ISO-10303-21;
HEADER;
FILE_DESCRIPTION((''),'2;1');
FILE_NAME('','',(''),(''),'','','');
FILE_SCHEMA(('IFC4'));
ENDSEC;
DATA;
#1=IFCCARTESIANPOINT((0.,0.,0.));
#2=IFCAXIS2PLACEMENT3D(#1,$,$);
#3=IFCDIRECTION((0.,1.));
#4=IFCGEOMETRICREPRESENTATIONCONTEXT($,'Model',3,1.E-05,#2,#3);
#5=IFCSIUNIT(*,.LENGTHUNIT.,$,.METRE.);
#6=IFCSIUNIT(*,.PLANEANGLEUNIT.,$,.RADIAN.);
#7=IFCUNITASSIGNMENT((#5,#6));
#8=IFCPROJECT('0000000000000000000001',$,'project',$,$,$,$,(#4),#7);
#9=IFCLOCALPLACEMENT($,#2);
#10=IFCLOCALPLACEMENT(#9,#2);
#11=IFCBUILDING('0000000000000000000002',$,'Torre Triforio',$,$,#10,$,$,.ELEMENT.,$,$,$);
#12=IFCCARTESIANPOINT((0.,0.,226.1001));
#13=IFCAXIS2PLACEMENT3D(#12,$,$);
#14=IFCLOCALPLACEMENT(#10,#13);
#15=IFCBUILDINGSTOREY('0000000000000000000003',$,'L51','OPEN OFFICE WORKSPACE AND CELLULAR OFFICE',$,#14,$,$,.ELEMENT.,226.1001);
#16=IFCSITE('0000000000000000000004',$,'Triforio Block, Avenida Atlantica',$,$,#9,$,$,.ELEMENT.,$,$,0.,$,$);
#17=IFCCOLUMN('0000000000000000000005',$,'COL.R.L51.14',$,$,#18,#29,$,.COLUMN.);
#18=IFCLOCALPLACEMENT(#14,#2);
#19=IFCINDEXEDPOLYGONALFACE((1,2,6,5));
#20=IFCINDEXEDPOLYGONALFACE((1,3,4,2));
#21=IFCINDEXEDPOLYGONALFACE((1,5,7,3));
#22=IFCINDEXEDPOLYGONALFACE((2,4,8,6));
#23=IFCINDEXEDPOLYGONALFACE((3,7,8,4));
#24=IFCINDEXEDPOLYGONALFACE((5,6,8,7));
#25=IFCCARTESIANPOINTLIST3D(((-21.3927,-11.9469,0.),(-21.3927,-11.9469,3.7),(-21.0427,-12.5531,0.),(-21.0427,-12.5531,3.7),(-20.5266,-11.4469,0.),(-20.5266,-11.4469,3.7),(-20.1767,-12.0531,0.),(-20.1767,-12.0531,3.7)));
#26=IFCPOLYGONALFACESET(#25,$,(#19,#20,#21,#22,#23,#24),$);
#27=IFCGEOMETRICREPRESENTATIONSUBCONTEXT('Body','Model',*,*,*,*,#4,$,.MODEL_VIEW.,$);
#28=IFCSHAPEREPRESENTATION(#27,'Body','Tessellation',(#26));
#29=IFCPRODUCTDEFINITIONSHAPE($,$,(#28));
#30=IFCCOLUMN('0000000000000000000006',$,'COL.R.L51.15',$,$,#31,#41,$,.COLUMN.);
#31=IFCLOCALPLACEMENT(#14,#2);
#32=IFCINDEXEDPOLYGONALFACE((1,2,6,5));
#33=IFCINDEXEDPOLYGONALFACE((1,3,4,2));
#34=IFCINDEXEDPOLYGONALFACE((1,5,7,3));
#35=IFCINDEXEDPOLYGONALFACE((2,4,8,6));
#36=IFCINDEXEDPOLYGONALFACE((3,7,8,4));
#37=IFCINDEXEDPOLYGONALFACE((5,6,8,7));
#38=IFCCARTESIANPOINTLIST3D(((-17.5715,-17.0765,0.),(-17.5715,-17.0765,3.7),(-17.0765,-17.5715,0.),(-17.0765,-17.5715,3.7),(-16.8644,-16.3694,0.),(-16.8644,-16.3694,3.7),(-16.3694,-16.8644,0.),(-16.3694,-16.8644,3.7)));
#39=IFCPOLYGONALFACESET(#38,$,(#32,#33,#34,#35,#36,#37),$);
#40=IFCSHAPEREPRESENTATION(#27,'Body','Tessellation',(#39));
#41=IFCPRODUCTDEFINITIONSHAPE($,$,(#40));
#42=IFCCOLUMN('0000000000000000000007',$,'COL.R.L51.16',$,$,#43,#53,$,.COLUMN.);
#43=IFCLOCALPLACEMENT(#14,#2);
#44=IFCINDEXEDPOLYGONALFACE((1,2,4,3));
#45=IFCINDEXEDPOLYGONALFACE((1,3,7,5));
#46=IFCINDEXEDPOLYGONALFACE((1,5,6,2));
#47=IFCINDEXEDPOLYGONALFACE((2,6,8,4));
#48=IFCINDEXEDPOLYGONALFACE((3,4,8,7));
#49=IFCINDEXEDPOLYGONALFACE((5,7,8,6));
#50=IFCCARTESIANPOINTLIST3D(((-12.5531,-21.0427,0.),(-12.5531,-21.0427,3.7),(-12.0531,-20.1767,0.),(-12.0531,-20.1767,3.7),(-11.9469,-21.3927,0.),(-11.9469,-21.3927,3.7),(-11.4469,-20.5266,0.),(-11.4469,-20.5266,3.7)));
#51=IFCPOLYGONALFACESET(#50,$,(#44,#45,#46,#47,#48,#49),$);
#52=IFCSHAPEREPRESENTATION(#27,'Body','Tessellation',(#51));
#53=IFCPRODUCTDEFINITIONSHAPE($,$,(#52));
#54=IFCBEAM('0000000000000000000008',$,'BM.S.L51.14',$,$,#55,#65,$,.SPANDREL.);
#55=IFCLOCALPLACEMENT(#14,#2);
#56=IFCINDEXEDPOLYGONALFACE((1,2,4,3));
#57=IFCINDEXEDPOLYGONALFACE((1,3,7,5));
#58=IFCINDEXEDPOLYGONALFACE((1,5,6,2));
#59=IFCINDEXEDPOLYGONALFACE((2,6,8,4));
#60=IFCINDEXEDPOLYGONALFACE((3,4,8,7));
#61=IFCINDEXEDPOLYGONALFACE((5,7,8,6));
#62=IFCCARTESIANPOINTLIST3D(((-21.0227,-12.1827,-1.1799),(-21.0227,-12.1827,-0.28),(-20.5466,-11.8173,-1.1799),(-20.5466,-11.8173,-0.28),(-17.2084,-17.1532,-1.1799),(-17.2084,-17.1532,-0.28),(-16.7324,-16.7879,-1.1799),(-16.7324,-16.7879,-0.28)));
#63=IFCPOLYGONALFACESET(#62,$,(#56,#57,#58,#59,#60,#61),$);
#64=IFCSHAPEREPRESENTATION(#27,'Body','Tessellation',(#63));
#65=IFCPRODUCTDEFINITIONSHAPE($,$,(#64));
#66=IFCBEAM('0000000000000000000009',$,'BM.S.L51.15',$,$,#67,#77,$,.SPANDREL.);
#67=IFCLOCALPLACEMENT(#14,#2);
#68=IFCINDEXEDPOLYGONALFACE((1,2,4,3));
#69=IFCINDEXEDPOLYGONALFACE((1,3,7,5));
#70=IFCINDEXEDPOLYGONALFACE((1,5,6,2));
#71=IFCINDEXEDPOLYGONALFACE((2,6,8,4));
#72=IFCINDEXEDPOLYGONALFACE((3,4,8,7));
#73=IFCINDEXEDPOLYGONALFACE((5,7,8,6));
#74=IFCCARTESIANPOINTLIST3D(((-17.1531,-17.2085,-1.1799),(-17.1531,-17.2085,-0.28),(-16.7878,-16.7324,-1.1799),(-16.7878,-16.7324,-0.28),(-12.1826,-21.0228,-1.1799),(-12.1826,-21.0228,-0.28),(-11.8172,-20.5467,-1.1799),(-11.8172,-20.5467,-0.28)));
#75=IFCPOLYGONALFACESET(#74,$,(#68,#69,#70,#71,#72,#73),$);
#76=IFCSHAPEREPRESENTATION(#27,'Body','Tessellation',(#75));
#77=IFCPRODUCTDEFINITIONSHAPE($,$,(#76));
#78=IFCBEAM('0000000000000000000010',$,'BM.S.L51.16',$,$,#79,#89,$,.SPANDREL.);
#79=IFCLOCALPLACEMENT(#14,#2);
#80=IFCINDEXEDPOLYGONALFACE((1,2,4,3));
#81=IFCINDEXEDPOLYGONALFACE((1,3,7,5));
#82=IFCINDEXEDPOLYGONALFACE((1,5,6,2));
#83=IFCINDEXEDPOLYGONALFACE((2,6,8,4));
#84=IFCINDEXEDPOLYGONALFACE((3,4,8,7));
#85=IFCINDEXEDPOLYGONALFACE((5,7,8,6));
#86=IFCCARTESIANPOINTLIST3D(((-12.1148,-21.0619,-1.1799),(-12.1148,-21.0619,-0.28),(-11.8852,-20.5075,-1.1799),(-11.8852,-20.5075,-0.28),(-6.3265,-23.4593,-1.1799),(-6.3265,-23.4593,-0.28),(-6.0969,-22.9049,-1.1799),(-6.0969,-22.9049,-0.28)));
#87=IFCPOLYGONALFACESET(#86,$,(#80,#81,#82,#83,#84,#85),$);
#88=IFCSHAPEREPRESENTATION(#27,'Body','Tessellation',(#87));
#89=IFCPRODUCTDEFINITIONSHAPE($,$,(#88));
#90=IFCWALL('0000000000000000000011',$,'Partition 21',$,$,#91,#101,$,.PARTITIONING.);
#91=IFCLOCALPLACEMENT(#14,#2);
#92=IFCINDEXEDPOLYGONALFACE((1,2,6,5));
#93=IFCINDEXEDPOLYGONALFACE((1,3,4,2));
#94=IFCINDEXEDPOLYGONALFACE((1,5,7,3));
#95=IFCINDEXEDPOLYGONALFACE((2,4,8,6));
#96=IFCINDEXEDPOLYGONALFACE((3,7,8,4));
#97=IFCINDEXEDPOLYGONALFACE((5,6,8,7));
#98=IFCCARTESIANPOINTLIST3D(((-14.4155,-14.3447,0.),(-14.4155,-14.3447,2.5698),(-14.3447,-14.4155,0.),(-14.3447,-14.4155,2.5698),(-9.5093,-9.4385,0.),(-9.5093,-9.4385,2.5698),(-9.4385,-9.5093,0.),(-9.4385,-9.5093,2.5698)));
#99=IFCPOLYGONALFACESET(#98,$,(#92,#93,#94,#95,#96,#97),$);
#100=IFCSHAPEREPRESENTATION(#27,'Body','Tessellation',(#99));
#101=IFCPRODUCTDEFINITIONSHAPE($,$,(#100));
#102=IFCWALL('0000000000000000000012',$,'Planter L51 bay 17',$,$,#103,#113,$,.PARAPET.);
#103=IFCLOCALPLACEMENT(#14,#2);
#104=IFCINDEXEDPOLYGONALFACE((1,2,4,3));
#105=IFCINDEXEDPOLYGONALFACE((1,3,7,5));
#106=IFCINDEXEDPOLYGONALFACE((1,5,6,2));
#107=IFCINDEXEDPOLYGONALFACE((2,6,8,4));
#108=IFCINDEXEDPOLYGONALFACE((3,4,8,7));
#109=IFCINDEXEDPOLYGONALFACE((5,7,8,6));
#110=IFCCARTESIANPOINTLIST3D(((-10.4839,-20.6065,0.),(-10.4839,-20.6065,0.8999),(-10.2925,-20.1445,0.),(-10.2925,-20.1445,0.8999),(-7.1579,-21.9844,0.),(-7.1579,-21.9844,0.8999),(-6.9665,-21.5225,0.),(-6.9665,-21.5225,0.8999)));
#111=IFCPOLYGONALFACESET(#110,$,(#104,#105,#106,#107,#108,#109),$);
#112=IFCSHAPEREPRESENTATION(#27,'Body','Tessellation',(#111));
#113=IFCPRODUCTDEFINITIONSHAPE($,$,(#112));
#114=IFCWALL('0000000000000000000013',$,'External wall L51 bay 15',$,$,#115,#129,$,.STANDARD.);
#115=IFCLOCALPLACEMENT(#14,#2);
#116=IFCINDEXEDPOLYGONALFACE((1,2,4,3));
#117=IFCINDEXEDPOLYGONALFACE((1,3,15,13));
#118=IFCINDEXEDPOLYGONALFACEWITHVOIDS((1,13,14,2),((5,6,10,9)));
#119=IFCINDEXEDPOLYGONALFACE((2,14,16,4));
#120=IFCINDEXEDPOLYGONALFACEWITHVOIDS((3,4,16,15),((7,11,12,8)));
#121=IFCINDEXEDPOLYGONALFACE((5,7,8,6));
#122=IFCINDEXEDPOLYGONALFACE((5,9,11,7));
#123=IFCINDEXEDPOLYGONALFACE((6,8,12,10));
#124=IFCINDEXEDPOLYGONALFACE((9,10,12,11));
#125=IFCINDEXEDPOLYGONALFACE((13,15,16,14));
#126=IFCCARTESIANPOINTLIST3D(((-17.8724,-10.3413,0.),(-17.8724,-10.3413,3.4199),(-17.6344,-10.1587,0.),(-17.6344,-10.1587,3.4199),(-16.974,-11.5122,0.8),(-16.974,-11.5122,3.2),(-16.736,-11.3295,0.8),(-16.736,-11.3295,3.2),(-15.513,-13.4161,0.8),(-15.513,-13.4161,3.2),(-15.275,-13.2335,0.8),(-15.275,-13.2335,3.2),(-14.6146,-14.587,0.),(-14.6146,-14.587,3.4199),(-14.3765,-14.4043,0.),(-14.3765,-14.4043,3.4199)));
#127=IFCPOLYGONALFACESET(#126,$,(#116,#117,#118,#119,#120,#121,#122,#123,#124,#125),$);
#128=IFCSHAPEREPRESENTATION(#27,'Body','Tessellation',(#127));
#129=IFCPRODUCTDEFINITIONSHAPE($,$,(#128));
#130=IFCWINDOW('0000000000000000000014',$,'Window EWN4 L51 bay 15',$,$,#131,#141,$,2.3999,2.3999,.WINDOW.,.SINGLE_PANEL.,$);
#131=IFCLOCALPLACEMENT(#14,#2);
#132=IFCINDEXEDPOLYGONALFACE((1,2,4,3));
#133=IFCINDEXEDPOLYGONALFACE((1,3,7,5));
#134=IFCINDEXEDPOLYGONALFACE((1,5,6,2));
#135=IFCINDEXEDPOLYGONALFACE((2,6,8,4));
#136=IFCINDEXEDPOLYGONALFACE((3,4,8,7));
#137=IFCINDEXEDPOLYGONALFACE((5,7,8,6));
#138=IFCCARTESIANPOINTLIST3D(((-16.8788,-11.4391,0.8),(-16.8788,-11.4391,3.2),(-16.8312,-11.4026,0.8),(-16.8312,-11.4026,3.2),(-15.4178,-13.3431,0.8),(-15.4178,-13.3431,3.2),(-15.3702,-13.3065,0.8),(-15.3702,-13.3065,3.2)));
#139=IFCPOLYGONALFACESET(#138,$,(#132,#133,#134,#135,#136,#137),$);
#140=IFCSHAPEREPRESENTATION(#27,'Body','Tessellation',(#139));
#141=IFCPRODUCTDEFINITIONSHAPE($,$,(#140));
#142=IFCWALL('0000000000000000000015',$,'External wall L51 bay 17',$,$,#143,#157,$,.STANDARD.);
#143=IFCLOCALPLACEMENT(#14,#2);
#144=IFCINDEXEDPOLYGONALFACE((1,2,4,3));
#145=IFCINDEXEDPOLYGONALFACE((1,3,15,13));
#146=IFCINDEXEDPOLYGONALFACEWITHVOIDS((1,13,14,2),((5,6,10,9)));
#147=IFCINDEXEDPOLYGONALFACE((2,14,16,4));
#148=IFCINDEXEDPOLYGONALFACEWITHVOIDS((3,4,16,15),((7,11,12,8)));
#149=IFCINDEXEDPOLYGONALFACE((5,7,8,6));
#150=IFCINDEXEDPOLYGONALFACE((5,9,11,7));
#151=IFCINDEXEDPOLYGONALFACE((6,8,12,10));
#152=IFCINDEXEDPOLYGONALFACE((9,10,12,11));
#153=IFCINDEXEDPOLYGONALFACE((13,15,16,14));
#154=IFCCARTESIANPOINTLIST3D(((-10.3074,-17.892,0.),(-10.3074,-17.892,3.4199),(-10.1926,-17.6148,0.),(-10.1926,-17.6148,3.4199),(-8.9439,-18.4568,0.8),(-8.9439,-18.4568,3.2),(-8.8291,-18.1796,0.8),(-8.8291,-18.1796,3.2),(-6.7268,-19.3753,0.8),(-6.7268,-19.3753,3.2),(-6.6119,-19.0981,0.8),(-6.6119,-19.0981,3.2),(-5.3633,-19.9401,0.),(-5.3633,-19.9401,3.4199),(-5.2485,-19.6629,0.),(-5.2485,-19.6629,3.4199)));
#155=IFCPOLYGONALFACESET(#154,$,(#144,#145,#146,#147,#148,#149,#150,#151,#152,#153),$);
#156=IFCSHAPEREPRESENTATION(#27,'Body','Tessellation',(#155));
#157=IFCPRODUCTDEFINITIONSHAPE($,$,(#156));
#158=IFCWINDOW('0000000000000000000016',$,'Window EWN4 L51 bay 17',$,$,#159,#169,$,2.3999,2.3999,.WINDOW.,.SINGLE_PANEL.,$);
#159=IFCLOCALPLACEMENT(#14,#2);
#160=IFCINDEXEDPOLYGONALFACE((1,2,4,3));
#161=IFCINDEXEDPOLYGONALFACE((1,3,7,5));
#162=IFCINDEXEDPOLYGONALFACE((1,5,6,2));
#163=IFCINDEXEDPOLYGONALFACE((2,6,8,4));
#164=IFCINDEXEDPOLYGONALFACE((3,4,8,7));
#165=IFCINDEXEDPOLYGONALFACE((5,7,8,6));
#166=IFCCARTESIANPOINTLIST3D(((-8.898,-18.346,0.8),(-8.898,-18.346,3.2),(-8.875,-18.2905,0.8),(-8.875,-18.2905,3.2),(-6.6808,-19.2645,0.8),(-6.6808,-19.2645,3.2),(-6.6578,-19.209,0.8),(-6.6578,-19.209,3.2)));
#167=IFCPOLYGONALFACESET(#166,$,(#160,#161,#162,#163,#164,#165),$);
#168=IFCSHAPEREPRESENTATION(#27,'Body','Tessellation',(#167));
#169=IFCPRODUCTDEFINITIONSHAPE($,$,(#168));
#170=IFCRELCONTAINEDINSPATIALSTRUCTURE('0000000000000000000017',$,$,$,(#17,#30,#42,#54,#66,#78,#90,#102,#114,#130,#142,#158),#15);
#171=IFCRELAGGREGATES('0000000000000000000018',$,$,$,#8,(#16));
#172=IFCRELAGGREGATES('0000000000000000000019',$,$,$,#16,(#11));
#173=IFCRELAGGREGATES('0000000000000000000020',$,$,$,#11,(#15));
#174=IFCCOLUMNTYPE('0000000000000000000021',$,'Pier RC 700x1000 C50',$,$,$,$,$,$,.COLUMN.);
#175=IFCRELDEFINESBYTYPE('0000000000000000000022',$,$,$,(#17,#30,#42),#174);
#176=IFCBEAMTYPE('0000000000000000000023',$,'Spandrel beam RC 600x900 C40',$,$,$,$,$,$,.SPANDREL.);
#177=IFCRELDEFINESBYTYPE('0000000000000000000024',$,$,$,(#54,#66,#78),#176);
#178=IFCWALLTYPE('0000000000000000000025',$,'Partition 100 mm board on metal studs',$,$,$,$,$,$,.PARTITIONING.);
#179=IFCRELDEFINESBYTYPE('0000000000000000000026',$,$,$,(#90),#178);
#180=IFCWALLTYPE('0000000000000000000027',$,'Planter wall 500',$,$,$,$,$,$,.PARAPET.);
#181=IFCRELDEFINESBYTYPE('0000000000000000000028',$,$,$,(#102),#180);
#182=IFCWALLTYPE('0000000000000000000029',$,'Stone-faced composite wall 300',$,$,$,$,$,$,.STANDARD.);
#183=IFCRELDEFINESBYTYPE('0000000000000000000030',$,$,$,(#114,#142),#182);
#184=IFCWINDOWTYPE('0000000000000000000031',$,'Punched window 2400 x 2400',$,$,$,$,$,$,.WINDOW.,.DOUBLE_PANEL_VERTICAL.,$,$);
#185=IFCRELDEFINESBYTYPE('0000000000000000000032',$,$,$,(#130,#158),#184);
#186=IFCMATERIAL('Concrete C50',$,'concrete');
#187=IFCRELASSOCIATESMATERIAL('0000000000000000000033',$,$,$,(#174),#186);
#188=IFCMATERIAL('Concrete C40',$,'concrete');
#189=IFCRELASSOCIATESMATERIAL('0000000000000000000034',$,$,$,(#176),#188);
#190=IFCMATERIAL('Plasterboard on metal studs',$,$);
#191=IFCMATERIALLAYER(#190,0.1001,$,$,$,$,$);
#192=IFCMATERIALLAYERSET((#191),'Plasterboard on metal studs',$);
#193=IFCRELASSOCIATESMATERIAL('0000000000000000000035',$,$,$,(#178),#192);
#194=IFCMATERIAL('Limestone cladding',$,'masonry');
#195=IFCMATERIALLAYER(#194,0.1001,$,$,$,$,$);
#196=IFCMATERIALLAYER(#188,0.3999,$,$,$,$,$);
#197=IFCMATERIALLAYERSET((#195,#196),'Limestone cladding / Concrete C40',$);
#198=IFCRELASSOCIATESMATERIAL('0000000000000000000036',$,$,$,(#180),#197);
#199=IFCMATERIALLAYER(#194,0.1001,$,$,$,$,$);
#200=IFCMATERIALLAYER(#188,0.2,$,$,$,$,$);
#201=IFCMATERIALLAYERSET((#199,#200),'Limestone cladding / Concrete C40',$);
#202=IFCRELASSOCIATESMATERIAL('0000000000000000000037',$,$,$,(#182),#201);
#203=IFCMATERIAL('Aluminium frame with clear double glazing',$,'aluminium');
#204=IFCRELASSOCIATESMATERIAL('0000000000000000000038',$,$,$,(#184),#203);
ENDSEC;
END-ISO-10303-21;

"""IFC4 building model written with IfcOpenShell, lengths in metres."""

from ifc_helpers import new_model, si_unit, direction, frame, frame_2d, origin, origin_2d, place, context, subcontext, project, spatial, rectangle, extrude, material, layer, layer_set, material_profile, profile_set, type_object, element, fill, save


model = new_model("IFC4")

# Units and contexts
model_context = context("Model", 3, precision=1e-05, world=origin(), true_north=direction((0.0, 1.0)))
body_context = subcontext(model_context, "Body", "Model", "MODEL_VIEW")
ifc_project = project(units=[si_unit("LENGTHUNIT", "METRE"), si_unit("PLANEANGLEUNIT", "RADIAN")], contexts=[model_context])

# Site, building, storey
site_placement = place(None, origin())
site = spatial("IfcSite", under=ifc_project, at=site_placement, Name="Triforio Block, Avenida Atlantica", CompositionType="ELEMENT", RefElevation=0.0)
building_placement = place(site_placement, origin())
building = spatial("IfcBuilding", under=site, at=building_placement, Name="Torre Triforio", CompositionType="ELEMENT")
storey_placement = place(building_placement, frame((0.0, 0.0, 226.1001)))
storey = spatial("IfcBuildingStorey", under=building, at=storey_placement, Name="L51", Description="OPEN OFFICE WORKSPACE AND CELLULAR OFFICE", CompositionType="ELEMENT", Elevation=226.1001)

# Columns
ifc_material_1 = material(Name="Concrete C50", Category="concrete")
ifc_material_profile_1 = material_profile(ifc_material_1, rectangle(XDim=0.7, YDim=1.0, at=origin_2d()), Name="RC 700x1000")
ifc_profile_set_1 = profile_set([ifc_material_profile_1], Name="Concrete C50")
column_type = type_object("IfcColumnType", Name="Pier RC 700x1000 C50", PredefinedType="COLUMN", material=ifc_profile_set_1)
for number, where, z_axis, x_axis, name in (
    (1, (-20.7847, -12.0, 0.0), (0.0, 0.0, 1.0), (0.5, -0.866025, 0.0), "COL.R.L51.14"),
    (2, (-16.9705, -16.9705, 0.0), (0.0, 0.0, 1.0), (0.707107, -0.707107, 0.0), "COL.R.L51.15"),
    (3, (-12.0, -20.7847, 0.0), (0.0, 0.0, 1.0), (0.866025, -0.5, 0.0), "COL.R.L51.16"),
):
    element("IfcColumn", number, at=place(storey_placement, frame(where, z_axis=z_axis, x_axis=x_axis)), inside=storey, type_object=column_type, Name=name, PredefinedType="COLUMN", context=body_context, shape_type="SweptSolid", body=[
        extrude(rectangle(XDim=0.7, YDim=1.0, at=origin_2d()), origin(), (0.0, 0.0, 1.0), 3.7),
    ])

# Beams
ifc_material_2 = material(Name="Concrete C40", Category="concrete")
ifc_material_profile_2 = material_profile(ifc_material_2, rectangle(XDim=0.6001, YDim=0.8999, at=origin_2d()), Name="RC 600x900")
ifc_profile_set_2 = profile_set([ifc_material_profile_2], Name="Concrete C40")
beam_type = type_object("IfcBeamType", Name="Spandrel beam RC 600x900 C40", PredefinedType="SPANDREL", material=ifc_profile_set_2)
for number, where, z_axis, x_axis, name in (
    (4, (-20.7847, -12.0, -0.73), (0.608786, -0.793335, 0.0), (0.793335, 0.608786, 0.0), "BM.S.L51.14"),
    (5, (-16.9705, -16.9705, -0.73), (0.793335, -0.608786, 0.0), (0.608786, 0.793335, 0.0), "BM.S.L51.15"),
):
    element("IfcBeam", number, at=place(storey_placement, frame(where, z_axis=z_axis, x_axis=x_axis)), inside=storey, type_object=beam_type, Name=name, PredefinedType="SPANDREL", context=body_context, shape_type="SweptSolid", body=[
        extrude(rectangle(XDim=0.6001, YDim=0.8999, at=origin_2d()), origin(), (0.0, 0.0, 1.0), 6.2654),
    ])
beam_placement = place(storey_placement, frame((-12.0, -20.7847, -0.73), z_axis=(0.923888, -0.382664, 0.0), x_axis=(0.382664, 0.923888, 0.0)))
element("IfcBeam", 6, at=beam_placement, inside=storey, type_object=beam_type, Name="BM.S.L51.16", PredefinedType="SPANDREL", context=body_context, shape_type="SweptSolid", body=[
    extrude(rectangle(XDim=0.6001, YDim=0.8999, at=origin_2d()), origin(), (0.0, 0.0, 1.0), 6.2651),
])

# Walls
ifc_material_3 = material(Name="Plasterboard on metal studs")
ifc_layer_1 = layer(ifc_material_3, 0.1001)
ifc_layer_set_1 = layer_set([ifc_layer_1], Name="Plasterboard on metal studs")
wall_type_1 = type_object("IfcWallType", Name="Partition 100 mm board on metal studs", PredefinedType="PARTITIONING", material=ifc_layer_set_1)
wall_1_placement = place(storey_placement, frame((-9.4739, -9.4739, 0.0), z_axis=(0.0, 0.0, 1.0), x_axis=(-0.707107, -0.707107, 0.0)))
element("IfcWall", 7, at=wall_1_placement, inside=storey, type_object=wall_type_1, Name="Partition 21", PredefinedType="PARTITIONING", context=body_context, shape_type="SweptSolid", body=[
    extrude(rectangle(XDim=6.9385, YDim=0.1001, at=frame_2d((3.4692, 0.0))), origin(), (0.0, 0.0, 1.0), 2.5698),
])
ifc_material_4 = material(Name="Limestone cladding", Category="masonry")
ifc_layer_2 = layer(ifc_material_4, 0.1001)
ifc_layer_3 = layer(ifc_material_2, 0.3999)
ifc_layer_set_2 = layer_set([ifc_layer_2, ifc_layer_3], Name="Limestone cladding / Concrete C40")
wall_type_2 = type_object("IfcWallType", Name="Planter wall 500", PredefinedType="PARAPET", material=ifc_layer_set_2)
wall_2_placement = place(storey_placement, frame((-10.3882, -20.3755, 0.0), z_axis=(0.0, 0.0, 1.0), x_axis=(0.923852, -0.382751, 0.0)))
element("IfcWall", 8, at=wall_2_placement, inside=storey, type_object=wall_type_2, Name="Planter L51 bay 17", PredefinedType="PARAPET", context=body_context, shape_type="SweptSolid", body=[
    extrude(rectangle(XDim=3.6001, YDim=0.5, at=frame_2d((1.8, 0.0))), origin(), (0.0, 0.0, 1.0), 0.8999),
])

# Wall, opening, window
ifc_layer_4 = layer(ifc_material_4, 0.1001)
ifc_layer_5 = layer(ifc_material_2, 0.2)
ifc_layer_set_3 = layer_set([ifc_layer_4, ifc_layer_5], Name="Limestone cladding / Concrete C40")
wall_type_3 = type_object("IfcWallType", Name="Stone-faced composite wall 300", PredefinedType="STANDARD", material=ifc_layer_set_3)
wall_3_placement = place(storey_placement, frame((-17.7534, -10.25, 0.0), z_axis=(0.0, 0.0, 1.0), x_axis=(0.608767, -0.793349, 0.0)))
wall_3 = element("IfcWall", 9, at=wall_3_placement, inside=storey, type_object=wall_type_3, Name="External wall L51 bay 15", PredefinedType="STANDARD", context=body_context, shape_type="SweptSolid", body=[
    extrude(rectangle(XDim=5.3516, YDim=0.3, at=frame_2d((2.6758, 0.0))), origin(), (0.0, 0.0, 1.0), 3.4199),
])
opening_1_placement = place(wall_3_placement, frame((1.4758, 0.0, 0.8)))
opening_1 = element("IfcOpeningElement", 10, at=opening_1_placement, cuts=wall_3, PredefinedType="OPENING", context=body_context, shape_type="SweptSolid", body=[
    extrude(rectangle(XDim=2.3999, YDim=2.3999, at=frame_2d((1.2, 1.2))), frame((0.0, 0.1599, 0.0), z_axis=(0.0, -1.0, 0.0), x_axis=(1.0, 0.0, 0.0)), (0.0, 0.0, 1.0), 0.3201),
])
ifc_material_5 = material(Name="Aluminium frame with clear double glazing", Category="aluminium")
window_type_1 = type_object("IfcWindowType", Name="Punched window 2400 x 2400", PartitioningType="DOUBLE_PANEL_VERTICAL", PredefinedType="WINDOW", material=ifc_material_5)
window_1_placement = place(opening_1_placement, origin())
window_1 = element("IfcWindow", 11, at=window_1_placement, inside=storey, type_object=window_type_1, Name="Window EWN4 L51 bay 15", OverallHeight=2.3999, OverallWidth=2.3999, PartitioningType="SINGLE_PANEL", PredefinedType="WINDOW", context=body_context, shape_type="SweptSolid", body=[
    extrude(rectangle(XDim=2.3999, YDim=2.3999, at=frame_2d((1.2, 1.2))), frame((0.0, 0.03, 0.0), z_axis=(0.0, -1.0, 0.0), x_axis=(1.0, 0.0, 0.0)), (0.0, 0.0, 1.0), 0.0601),
])
fill(opening_1, window_1)

# Wall, opening, window
wall_4_placement = place(storey_placement, frame((-10.25, -17.7534, 0.0), z_axis=(0.0, 0.0, 1.0), x_axis=(0.923867, -0.382713, 0.0)))
wall_4 = element("IfcWall", 12, at=wall_4_placement, inside=storey, type_object=wall_type_3, Name="External wall L51 bay 17", PredefinedType="STANDARD", context=body_context, shape_type="SweptSolid", body=[
    extrude(rectangle(XDim=5.3516, YDim=0.3, at=frame_2d((2.6758, 0.0))), origin(), (0.0, 0.0, 1.0), 3.4199),
])
opening_2_placement = place(wall_4_placement, frame((1.4758, 0.0, 0.8)))
opening_2 = element("IfcOpeningElement", 13, at=opening_2_placement, cuts=wall_4, PredefinedType="OPENING", context=body_context, shape_type="SweptSolid", body=[
    extrude(rectangle(XDim=2.3999, YDim=2.3999, at=frame_2d((1.2, 1.2))), frame((0.0, 0.1599, 0.0), z_axis=(0.0, -1.0, 0.0), x_axis=(1.0, 0.0, 0.0)), (0.0, 0.0, 1.0), 0.3201),
])
window_2_placement = place(opening_2_placement, origin())
window_2 = element("IfcWindow", 14, at=window_2_placement, inside=storey, type_object=window_type_1, Name="Window EWN4 L51 bay 17", OverallHeight=2.3999, OverallWidth=2.3999, PartitioningType="SINGLE_PANEL", PredefinedType="WINDOW", context=body_context, shape_type="SweptSolid", body=[
    extrude(rectangle(XDim=2.3999, YDim=2.3999, at=frame_2d((1.2, 1.2))), frame((0.0, 0.03, 0.0), z_axis=(0.0, -1.0, 0.0), x_axis=(1.0, 0.0, 0.0)), (0.0, 0.0, 1.0), 0.0601),
])
fill(opening_2, window_2)

save(model, "model.ifc")
